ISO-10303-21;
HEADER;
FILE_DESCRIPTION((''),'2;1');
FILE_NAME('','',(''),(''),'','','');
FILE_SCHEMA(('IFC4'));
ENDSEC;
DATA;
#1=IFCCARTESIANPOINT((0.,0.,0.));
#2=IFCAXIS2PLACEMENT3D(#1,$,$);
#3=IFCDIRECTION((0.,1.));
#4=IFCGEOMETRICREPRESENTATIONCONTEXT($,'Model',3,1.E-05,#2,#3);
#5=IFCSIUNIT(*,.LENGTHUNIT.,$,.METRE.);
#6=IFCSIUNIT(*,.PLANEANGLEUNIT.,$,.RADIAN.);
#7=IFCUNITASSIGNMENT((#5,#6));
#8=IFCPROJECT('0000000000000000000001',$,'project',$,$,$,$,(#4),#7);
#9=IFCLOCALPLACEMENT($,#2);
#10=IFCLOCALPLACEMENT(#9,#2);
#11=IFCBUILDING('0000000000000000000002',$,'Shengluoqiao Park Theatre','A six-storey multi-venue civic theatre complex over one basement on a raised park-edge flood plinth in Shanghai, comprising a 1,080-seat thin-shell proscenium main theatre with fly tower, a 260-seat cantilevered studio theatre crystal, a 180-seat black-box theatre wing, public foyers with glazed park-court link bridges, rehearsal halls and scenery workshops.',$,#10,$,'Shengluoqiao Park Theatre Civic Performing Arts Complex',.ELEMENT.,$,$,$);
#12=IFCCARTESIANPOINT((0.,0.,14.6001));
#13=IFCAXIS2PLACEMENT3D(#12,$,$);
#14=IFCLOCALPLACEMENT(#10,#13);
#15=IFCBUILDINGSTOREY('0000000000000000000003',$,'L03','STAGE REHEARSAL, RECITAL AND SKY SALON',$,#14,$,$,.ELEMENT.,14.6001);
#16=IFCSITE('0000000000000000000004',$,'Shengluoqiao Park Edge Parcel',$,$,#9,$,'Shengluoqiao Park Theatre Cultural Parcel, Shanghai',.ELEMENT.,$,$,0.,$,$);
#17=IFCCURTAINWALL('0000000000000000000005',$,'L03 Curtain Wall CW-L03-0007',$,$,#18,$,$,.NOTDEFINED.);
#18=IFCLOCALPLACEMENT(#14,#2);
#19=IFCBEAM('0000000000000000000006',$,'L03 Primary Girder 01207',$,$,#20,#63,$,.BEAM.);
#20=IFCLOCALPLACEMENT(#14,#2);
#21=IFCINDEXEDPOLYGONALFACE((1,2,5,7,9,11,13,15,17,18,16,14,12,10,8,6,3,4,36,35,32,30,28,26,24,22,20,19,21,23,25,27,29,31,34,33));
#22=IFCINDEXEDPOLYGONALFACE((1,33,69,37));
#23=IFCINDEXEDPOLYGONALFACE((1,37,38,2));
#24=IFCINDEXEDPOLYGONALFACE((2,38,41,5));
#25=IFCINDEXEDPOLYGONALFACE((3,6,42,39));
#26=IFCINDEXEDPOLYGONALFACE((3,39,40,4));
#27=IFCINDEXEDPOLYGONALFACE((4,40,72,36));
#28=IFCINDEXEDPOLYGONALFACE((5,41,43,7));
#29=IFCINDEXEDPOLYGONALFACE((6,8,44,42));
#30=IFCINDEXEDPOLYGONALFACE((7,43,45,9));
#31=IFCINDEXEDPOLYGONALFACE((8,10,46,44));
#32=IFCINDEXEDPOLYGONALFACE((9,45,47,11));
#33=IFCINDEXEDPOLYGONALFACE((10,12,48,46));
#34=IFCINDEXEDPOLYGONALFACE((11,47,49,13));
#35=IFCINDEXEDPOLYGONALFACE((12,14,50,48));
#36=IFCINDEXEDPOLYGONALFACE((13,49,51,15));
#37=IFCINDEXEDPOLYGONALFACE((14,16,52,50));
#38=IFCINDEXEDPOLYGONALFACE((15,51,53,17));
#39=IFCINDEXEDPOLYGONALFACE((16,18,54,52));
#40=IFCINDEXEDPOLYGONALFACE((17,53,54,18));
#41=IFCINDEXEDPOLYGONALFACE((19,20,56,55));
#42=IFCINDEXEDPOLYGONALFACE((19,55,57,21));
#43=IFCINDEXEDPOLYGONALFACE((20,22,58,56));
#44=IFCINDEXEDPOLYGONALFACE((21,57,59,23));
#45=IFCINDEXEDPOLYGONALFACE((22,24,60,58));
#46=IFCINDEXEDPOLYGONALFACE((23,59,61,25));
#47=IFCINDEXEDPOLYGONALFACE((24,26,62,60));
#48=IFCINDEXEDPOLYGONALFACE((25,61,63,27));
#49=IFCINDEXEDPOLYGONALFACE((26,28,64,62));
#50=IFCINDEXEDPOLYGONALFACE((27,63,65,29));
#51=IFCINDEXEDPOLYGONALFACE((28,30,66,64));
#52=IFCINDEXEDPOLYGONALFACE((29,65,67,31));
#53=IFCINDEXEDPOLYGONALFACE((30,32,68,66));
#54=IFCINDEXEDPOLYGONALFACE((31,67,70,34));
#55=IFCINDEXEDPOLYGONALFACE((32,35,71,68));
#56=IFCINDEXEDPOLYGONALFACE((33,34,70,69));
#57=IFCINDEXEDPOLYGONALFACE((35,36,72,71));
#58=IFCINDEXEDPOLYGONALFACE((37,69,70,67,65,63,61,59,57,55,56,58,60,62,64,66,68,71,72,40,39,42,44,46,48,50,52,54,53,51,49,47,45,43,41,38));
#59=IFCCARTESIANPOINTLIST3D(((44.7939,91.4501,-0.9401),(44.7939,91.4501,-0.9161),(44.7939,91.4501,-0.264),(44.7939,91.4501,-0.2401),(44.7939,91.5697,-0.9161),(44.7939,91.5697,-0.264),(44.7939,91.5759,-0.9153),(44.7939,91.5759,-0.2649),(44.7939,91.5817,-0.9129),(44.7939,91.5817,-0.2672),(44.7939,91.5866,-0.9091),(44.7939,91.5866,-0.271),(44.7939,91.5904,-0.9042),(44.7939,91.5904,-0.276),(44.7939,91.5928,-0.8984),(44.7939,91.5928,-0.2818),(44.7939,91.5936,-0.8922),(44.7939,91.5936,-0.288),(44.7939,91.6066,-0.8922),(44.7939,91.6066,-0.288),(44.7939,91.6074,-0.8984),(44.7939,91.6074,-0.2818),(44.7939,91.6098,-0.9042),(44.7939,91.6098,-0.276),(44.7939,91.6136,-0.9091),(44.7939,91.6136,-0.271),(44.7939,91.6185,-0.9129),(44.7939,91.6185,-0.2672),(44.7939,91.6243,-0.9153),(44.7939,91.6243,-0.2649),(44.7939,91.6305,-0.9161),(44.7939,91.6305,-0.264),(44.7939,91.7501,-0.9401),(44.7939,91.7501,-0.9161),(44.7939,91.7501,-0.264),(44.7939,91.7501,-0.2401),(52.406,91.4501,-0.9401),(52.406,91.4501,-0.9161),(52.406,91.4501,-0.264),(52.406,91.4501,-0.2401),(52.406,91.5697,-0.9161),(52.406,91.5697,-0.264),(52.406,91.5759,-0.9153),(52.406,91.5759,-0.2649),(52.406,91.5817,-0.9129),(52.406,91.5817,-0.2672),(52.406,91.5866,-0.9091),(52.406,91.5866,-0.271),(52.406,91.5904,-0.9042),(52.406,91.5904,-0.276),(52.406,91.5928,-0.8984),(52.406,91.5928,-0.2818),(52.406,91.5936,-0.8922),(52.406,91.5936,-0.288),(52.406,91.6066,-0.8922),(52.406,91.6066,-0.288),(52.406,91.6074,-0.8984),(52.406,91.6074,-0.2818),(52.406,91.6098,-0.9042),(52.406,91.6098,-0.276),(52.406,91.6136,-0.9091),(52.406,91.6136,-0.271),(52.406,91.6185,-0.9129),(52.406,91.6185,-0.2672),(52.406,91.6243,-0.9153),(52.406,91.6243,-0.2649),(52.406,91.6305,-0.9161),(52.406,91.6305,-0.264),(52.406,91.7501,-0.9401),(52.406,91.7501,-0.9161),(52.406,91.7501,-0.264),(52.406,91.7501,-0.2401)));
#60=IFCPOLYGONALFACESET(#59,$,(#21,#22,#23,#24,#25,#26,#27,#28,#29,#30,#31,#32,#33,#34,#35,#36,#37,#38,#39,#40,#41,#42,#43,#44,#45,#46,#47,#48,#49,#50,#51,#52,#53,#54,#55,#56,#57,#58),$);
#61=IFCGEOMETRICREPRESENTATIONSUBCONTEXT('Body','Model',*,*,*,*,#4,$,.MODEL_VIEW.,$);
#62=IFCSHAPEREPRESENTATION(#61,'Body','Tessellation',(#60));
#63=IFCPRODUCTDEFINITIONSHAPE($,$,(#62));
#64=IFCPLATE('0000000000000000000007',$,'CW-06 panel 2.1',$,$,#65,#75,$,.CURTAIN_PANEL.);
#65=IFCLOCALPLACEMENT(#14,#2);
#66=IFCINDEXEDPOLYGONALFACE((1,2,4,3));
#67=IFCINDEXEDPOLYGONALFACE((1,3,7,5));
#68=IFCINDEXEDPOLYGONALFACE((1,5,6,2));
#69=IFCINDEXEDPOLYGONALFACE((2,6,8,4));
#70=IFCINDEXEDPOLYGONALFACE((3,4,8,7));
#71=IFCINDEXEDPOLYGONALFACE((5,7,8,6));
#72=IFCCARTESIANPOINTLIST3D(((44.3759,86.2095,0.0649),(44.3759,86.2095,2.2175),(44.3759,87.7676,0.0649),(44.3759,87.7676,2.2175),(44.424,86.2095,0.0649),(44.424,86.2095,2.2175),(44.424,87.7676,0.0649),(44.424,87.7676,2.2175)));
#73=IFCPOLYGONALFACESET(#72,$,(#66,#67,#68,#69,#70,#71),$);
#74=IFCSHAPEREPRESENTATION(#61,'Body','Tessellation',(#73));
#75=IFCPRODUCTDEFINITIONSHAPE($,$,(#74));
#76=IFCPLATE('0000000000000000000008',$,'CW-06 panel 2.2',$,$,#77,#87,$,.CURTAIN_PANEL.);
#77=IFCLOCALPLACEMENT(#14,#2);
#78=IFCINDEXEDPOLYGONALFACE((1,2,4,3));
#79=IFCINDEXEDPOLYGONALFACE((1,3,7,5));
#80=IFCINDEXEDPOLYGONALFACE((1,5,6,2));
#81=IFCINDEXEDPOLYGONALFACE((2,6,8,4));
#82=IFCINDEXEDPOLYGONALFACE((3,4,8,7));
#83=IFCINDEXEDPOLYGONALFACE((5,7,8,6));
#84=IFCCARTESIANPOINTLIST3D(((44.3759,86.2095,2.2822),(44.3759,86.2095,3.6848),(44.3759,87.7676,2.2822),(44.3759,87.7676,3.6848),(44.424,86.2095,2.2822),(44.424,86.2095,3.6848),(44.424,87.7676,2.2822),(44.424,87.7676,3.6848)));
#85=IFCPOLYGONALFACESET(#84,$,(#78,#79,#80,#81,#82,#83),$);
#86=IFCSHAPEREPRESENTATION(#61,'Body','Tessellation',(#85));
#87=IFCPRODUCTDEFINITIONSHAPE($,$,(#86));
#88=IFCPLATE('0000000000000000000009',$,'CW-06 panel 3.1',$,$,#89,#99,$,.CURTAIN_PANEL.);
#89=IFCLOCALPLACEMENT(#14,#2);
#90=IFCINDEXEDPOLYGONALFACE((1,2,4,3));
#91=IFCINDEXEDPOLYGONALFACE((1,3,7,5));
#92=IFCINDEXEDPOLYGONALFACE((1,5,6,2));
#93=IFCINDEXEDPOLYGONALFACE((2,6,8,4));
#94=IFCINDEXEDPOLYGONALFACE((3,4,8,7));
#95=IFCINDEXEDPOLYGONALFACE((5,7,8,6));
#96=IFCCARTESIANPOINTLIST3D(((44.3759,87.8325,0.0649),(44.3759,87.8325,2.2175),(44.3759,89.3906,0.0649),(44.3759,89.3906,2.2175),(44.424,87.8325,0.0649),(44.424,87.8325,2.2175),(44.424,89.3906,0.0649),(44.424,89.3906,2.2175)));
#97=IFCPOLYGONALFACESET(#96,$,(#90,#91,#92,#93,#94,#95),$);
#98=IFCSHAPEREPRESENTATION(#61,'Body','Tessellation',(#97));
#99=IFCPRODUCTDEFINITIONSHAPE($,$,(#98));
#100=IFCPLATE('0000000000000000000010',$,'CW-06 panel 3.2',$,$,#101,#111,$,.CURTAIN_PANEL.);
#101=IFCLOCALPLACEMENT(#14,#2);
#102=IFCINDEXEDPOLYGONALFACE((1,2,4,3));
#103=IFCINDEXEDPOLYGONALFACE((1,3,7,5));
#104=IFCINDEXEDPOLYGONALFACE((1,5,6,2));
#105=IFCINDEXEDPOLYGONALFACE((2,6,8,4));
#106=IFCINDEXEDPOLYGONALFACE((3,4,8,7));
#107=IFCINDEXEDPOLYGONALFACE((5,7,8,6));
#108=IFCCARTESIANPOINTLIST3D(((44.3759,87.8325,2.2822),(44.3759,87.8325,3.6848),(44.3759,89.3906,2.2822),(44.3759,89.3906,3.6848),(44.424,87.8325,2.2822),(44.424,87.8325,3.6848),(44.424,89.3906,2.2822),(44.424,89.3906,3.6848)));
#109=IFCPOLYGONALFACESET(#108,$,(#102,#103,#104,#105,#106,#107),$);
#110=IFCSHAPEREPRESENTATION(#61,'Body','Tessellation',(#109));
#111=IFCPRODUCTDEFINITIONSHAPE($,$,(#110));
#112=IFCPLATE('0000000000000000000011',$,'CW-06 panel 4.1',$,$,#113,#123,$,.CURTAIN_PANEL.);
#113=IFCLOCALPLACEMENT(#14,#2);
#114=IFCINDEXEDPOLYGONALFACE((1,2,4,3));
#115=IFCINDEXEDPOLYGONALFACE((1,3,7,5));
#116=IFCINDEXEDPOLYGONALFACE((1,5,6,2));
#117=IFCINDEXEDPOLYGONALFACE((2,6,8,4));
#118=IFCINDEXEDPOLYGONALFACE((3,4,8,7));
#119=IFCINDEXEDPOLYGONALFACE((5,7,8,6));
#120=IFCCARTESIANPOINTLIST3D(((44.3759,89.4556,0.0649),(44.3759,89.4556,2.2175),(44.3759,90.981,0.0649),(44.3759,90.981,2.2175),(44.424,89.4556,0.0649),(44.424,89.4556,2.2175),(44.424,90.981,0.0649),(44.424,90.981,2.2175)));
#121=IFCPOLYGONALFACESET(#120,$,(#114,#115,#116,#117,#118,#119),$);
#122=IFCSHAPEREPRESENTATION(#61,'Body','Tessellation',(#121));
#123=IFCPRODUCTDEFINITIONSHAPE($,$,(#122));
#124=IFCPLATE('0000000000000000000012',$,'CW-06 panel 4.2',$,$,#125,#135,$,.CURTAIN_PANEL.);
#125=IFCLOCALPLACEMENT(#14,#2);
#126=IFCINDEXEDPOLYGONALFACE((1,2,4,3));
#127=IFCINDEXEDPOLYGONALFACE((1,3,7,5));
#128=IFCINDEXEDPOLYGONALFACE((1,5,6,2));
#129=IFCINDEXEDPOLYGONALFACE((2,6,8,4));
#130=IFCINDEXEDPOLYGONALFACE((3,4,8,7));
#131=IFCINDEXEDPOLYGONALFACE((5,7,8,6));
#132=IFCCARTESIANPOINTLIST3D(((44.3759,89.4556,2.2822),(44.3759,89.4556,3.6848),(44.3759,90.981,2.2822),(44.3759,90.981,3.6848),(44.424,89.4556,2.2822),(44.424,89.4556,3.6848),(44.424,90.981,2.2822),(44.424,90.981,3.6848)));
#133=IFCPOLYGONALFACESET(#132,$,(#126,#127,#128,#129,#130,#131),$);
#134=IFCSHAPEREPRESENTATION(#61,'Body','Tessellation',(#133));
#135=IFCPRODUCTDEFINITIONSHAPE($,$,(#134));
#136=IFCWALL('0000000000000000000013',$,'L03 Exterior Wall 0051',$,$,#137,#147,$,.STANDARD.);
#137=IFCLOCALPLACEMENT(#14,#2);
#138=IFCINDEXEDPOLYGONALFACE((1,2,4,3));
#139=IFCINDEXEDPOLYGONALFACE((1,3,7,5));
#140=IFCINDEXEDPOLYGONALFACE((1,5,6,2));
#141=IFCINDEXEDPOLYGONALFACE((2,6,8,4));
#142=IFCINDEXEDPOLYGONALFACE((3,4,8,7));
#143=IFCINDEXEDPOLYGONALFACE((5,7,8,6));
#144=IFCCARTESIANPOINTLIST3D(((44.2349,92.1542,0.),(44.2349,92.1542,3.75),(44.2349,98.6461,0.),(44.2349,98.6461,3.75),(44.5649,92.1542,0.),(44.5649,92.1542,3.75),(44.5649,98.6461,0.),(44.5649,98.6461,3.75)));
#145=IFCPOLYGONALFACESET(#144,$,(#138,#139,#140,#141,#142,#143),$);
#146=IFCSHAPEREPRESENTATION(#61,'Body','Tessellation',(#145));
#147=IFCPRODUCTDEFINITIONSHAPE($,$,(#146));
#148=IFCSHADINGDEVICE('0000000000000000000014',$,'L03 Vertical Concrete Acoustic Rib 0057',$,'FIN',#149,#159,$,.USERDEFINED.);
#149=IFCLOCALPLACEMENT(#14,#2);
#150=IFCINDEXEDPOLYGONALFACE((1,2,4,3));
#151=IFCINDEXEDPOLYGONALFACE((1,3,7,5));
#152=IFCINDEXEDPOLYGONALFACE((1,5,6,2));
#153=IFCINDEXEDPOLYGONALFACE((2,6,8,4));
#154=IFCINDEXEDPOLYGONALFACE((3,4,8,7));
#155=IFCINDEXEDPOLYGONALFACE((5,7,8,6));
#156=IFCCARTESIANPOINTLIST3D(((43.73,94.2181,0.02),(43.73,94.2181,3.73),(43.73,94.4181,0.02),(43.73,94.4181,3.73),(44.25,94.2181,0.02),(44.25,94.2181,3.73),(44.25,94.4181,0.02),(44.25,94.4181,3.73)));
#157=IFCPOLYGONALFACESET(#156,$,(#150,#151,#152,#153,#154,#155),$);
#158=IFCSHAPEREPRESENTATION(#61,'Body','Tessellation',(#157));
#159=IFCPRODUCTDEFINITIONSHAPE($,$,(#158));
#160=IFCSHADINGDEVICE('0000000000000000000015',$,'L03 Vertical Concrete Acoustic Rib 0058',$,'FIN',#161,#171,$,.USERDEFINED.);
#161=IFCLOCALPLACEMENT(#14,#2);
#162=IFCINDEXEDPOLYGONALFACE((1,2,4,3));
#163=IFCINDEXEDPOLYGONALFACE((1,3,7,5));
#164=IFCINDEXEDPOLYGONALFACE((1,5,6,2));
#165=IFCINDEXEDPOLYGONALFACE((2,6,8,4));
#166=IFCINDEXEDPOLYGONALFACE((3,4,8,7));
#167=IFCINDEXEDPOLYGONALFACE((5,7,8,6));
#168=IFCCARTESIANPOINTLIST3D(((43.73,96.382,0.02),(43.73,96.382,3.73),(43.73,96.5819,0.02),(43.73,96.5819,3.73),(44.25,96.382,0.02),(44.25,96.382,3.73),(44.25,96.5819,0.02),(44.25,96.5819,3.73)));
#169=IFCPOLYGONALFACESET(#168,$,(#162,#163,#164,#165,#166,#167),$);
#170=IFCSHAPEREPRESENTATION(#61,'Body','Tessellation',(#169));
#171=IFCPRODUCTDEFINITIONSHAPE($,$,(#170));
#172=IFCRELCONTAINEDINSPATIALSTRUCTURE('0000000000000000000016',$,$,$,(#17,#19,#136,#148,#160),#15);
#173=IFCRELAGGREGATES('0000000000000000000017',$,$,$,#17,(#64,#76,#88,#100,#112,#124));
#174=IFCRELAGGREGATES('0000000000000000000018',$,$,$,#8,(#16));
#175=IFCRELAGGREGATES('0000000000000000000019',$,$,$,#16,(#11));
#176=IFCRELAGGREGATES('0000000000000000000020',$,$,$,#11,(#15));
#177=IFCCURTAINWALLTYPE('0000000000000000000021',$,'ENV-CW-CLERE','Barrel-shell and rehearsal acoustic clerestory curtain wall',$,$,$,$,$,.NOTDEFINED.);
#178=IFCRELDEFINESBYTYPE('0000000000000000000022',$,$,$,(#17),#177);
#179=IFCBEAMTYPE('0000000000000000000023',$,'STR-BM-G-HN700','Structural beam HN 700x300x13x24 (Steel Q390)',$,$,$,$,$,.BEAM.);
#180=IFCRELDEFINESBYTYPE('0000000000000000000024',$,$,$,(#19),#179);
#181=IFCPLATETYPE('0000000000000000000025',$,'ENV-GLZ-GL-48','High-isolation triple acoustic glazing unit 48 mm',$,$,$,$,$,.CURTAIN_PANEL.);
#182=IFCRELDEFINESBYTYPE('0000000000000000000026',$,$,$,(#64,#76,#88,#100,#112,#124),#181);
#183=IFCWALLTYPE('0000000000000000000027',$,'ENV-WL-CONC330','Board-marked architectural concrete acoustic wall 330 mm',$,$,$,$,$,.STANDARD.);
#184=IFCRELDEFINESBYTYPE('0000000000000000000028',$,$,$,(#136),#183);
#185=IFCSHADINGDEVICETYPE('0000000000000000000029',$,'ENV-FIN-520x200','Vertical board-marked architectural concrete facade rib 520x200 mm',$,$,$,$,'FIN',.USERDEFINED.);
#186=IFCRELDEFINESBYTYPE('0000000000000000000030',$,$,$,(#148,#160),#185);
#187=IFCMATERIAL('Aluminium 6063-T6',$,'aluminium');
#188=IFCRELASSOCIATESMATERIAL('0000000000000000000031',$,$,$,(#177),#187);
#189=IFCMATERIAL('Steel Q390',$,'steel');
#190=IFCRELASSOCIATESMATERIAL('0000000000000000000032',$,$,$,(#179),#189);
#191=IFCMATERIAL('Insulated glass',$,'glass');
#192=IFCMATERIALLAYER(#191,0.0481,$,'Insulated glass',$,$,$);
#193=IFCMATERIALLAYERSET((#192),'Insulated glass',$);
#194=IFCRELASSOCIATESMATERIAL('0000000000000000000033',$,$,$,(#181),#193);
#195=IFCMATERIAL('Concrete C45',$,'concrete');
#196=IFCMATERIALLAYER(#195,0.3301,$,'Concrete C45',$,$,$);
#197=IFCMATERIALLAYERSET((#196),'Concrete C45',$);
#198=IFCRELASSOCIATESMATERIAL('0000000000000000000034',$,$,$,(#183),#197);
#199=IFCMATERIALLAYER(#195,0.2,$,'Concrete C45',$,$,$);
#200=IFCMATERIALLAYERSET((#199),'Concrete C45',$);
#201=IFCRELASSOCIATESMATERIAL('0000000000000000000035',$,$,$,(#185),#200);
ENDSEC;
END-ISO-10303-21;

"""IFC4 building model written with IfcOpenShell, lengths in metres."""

from ifc_helpers import new_model, si_unit, direction, frame, frame_2d, origin, origin_2d, place, context, subcontext, project, spatial, rectangle, i_section, extrude, material, layer, layer_set, material_profile, profile_set, type_object, element, aggregate, save


model = new_model("IFC4")

# Units and contexts
model_context = context("Model", 3, precision=1e-05, world=origin(), true_north=direction((0.0, 1.0)))
body_context = subcontext(model_context, "Body", "Model", "MODEL_VIEW")
ifc_project = project(units=[si_unit("LENGTHUNIT", "METRE"), si_unit("PLANEANGLEUNIT", "RADIAN")], contexts=[model_context])

# Site, building, storey
site_placement = place(None, origin())
site = spatial("IfcSite", under=ifc_project, at=site_placement, Name="Shengluoqiao Park Edge Parcel", LongName="Shengluoqiao Park Theatre Cultural Parcel, Shanghai", CompositionType="ELEMENT", RefElevation=0.0)
building_placement = place(site_placement, origin())
building = spatial("IfcBuilding", under=site, at=building_placement, Name="Shengluoqiao Park Theatre", Description="A six-storey multi-venue civic theatre complex over one basement on a raised park-edge flood plinth in Shanghai, comprising a 1,080-seat thin-shell proscenium main theatre with fly tower, a 260-seat cantilevered studio theatre crystal, a 180-seat black-box theatre wing, public foyers with glazed park-court link bridges, rehearsal halls and scenery workshops.", LongName="Shengluoqiao Park Theatre Civic Performing Arts Complex", CompositionType="ELEMENT")
storey_placement = place(building_placement, frame((0.0, 0.0, 14.6001)))
storey = spatial("IfcBuildingStorey", under=building, at=storey_placement, Name="L03", Description="STAGE REHEARSAL, RECITAL AND SKY SALON", CompositionType="ELEMENT", Elevation=14.6001)

# Curtain wall
ifc_material_1 = material(Name="Aluminium 6063-T6", Category="aluminium")
curtain_wall_type = type_object("IfcCurtainWallType", Name="ENV-CW-CLERE", Description="Barrel-shell and rehearsal acoustic clerestory curtain wall", PredefinedType="NOTDEFINED", material=ifc_material_1)
curtain_wall_1_placement = place(storey_placement, origin())
curtain_wall_1 = element("IfcCurtainWall", 1, at=curtain_wall_1_placement, inside=storey, type_object=curtain_wall_type, Name="L03 Curtain Wall CW-L03-0007", PredefinedType="NOTDEFINED")

# Beam
ifc_material_2 = material(Name="Steel Q390", Category="steel")
ifc_material_profile_1 = material_profile(ifc_material_2, i_section(OverallWidth=0.3, OverallDepth=0.7, WebThickness=0.0129, FlangeThickness=0.0239, FilletRadius=0.0239, at=origin_2d()), Name="HN 700x300x13x24")
ifc_profile_set_1 = profile_set([ifc_material_profile_1], Name="Steel Q390")
beam_type_1 = type_object("IfcBeamType", Name="STR-BM-G-HN700", Description="Structural beam HN 700x300x13x24 (Steel Q390)", PredefinedType="BEAM", material=ifc_profile_set_1)
beam_1_placement = place(storey_placement, frame((44.7939, 91.6001, -0.5901), z_axis=(1.0, 0.0, 0.0), x_axis=(0.0, 1.0, 0.0)))
element("IfcBeam", 2, at=beam_1_placement, inside=storey, type_object=beam_type_1, Name="L03 Primary Girder 01207", PredefinedType="BEAM", context=body_context, shape_type="SweptSolid", body=[
    extrude(i_section(OverallWidth=0.3, OverallDepth=0.7, WebThickness=0.0129, FlangeThickness=0.0239, FilletRadius=0.0239, at=origin_2d()), origin(), (0.0, 0.0, 1.0), 7.6121),
])

# Plates
ifc_material_3 = material(Name="Insulated glass", Category="glass")
ifc_layer_1 = layer(ifc_material_3, 0.0481, Name="Insulated glass")
ifc_layer_set_1 = layer_set([ifc_layer_1], Name="Insulated glass")
plate_type = type_object("IfcPlateType", Name="ENV-GLZ-GL-48", Description="High-isolation triple acoustic glazing unit 48 mm", PredefinedType="CURTAIN_PANEL", material=ifc_layer_set_1)
plate_1_placement = place(storey_placement, frame((44.3999, 86.9885, 0.0649), z_axis=(0.0, 0.0, 1.0), x_axis=(0.0, 1.0, 0.0)))
plate_1 = element("IfcPlate", 3, at=plate_1_placement, type_object=plate_type, Name="CW-06 panel 2.1", PredefinedType="CURTAIN_PANEL", context=body_context, shape_type="SweptSolid", body=[
    extrude(rectangle(XDim=1.5581, YDim=0.0481, at=origin_2d()), origin(), (0.0, 0.0, 1.0), 2.1526),
])
plate_2_placement = place(storey_placement, frame((44.3999, 86.9885, 2.2822), z_axis=(0.0, 0.0, 1.0), x_axis=(0.0, 1.0, 0.0)))
plate_2 = element("IfcPlate", 4, at=plate_2_placement, type_object=plate_type, Name="CW-06 panel 2.2", PredefinedType="CURTAIN_PANEL", context=body_context, shape_type="SweptSolid", body=[
    extrude(rectangle(XDim=1.5581, YDim=0.0481, at=origin_2d()), origin(), (0.0, 0.0, 1.0), 1.4026),
])
plate_3_placement = place(storey_placement, frame((44.3999, 88.6116, 0.0649), z_axis=(0.0, 0.0, 1.0), x_axis=(0.0, 1.0, 0.0)))
plate_3 = element("IfcPlate", 5, at=plate_3_placement, type_object=plate_type, Name="CW-06 panel 3.1", PredefinedType="CURTAIN_PANEL", context=body_context, shape_type="SweptSolid", body=[
    extrude(rectangle(XDim=1.5581, YDim=0.0481, at=origin_2d()), origin(), (0.0, 0.0, 1.0), 2.1526),
])
plate_4_placement = place(storey_placement, frame((44.3999, 88.6116, 2.2822), z_axis=(0.0, 0.0, 1.0), x_axis=(0.0, 1.0, 0.0)))
plate_4 = element("IfcPlate", 6, at=plate_4_placement, type_object=plate_type, Name="CW-06 panel 3.2", PredefinedType="CURTAIN_PANEL", context=body_context, shape_type="SweptSolid", body=[
    extrude(rectangle(XDim=1.5581, YDim=0.0481, at=origin_2d()), origin(), (0.0, 0.0, 1.0), 1.4026),
])
plate_5_placement = place(storey_placement, frame((44.3999, 90.2183, 0.0649), z_axis=(0.0, 0.0, 1.0), x_axis=(0.0, 1.0, 0.0)))
plate_5 = element("IfcPlate", 7, at=plate_5_placement, type_object=plate_type, Name="CW-06 panel 4.1", PredefinedType="CURTAIN_PANEL", context=body_context, shape_type="SweptSolid", body=[
    extrude(rectangle(XDim=1.5254, YDim=0.0481, at=origin_2d()), origin(), (0.0, 0.0, 1.0), 2.1526),
])
plate_6_placement = place(storey_placement, frame((44.3999, 90.2183, 2.2822), z_axis=(0.0, 0.0, 1.0), x_axis=(0.0, 1.0, 0.0)))
plate_6 = element("IfcPlate", 8, at=plate_6_placement, type_object=plate_type, Name="CW-06 panel 4.2", PredefinedType="CURTAIN_PANEL", context=body_context, shape_type="SweptSolid", body=[
    extrude(rectangle(XDim=1.5254, YDim=0.0481, at=origin_2d()), origin(), (0.0, 0.0, 1.0), 1.4026),
])
aggregate(curtain_wall_1, [plate_1, plate_2, plate_3, plate_4, plate_5, plate_6])

# Wall
ifc_material_4 = material(Name="Concrete C45", Category="concrete")
ifc_layer_2 = layer(ifc_material_4, 0.3301, Name="Concrete C45")
ifc_layer_set_2 = layer_set([ifc_layer_2], Name="Concrete C45")
wall_type = type_object("IfcWallType", Name="ENV-WL-CONC330", Description="Board-marked architectural concrete acoustic wall 330 mm", PredefinedType="STANDARD", material=ifc_layer_set_2)
wall_placement = place(storey_placement, frame((44.3999, 92.1541, 0.0), z_axis=(0.0, 0.0, 1.0), x_axis=(0.0, 1.0, 0.0)))
element("IfcWall", 9, at=wall_placement, inside=storey, type_object=wall_type, Name="L03 Exterior Wall 0051", PredefinedType="STANDARD", context=body_context, shape_type="SweptSolid", body=[
    extrude(rectangle(XDim=6.4919, YDim=0.3301, at=frame_2d((3.2461, 0.0))), origin(), (0.0, 0.0, 1.0), 3.75),
])

# Shading devices
ifc_layer_3 = layer(ifc_material_4, 0.2, Name="Concrete C45")
ifc_layer_set_3 = layer_set([ifc_layer_3], Name="Concrete C45")
shading_device_type = type_object("IfcShadingDeviceType", Name="ENV-FIN-520x200", Description="Vertical board-marked architectural concrete facade rib 520x200 mm", ElementType="FIN", PredefinedType="USERDEFINED", material=ifc_layer_set_3)
for number, where, z_axis, x_axis, name in (
    (10, (43.99, 94.3181, 0.02), (0.0, 0.0, 1.0), (-1.0, 0.0, 0.0), "L03 Vertical Concrete Acoustic Rib 0057"),
    (11, (43.99, 96.4819, 0.02), (0.0, 0.0, 1.0), (-1.0, 0.0, 0.0), "L03 Vertical Concrete Acoustic Rib 0058"),
):
    element("IfcShadingDevice", number, at=place(storey_placement, frame(where, z_axis=z_axis, x_axis=x_axis)), inside=storey, type_object=shading_device_type, Name=name, ObjectType="FIN", PredefinedType="USERDEFINED", context=body_context, shape_type="SweptSolid", body=[
        extrude(rectangle(XDim=0.52, YDim=0.2, at=origin_2d()), origin(), (0.0, 0.0, 1.0), 3.71),
    ])

save(model, "model.ifc")
